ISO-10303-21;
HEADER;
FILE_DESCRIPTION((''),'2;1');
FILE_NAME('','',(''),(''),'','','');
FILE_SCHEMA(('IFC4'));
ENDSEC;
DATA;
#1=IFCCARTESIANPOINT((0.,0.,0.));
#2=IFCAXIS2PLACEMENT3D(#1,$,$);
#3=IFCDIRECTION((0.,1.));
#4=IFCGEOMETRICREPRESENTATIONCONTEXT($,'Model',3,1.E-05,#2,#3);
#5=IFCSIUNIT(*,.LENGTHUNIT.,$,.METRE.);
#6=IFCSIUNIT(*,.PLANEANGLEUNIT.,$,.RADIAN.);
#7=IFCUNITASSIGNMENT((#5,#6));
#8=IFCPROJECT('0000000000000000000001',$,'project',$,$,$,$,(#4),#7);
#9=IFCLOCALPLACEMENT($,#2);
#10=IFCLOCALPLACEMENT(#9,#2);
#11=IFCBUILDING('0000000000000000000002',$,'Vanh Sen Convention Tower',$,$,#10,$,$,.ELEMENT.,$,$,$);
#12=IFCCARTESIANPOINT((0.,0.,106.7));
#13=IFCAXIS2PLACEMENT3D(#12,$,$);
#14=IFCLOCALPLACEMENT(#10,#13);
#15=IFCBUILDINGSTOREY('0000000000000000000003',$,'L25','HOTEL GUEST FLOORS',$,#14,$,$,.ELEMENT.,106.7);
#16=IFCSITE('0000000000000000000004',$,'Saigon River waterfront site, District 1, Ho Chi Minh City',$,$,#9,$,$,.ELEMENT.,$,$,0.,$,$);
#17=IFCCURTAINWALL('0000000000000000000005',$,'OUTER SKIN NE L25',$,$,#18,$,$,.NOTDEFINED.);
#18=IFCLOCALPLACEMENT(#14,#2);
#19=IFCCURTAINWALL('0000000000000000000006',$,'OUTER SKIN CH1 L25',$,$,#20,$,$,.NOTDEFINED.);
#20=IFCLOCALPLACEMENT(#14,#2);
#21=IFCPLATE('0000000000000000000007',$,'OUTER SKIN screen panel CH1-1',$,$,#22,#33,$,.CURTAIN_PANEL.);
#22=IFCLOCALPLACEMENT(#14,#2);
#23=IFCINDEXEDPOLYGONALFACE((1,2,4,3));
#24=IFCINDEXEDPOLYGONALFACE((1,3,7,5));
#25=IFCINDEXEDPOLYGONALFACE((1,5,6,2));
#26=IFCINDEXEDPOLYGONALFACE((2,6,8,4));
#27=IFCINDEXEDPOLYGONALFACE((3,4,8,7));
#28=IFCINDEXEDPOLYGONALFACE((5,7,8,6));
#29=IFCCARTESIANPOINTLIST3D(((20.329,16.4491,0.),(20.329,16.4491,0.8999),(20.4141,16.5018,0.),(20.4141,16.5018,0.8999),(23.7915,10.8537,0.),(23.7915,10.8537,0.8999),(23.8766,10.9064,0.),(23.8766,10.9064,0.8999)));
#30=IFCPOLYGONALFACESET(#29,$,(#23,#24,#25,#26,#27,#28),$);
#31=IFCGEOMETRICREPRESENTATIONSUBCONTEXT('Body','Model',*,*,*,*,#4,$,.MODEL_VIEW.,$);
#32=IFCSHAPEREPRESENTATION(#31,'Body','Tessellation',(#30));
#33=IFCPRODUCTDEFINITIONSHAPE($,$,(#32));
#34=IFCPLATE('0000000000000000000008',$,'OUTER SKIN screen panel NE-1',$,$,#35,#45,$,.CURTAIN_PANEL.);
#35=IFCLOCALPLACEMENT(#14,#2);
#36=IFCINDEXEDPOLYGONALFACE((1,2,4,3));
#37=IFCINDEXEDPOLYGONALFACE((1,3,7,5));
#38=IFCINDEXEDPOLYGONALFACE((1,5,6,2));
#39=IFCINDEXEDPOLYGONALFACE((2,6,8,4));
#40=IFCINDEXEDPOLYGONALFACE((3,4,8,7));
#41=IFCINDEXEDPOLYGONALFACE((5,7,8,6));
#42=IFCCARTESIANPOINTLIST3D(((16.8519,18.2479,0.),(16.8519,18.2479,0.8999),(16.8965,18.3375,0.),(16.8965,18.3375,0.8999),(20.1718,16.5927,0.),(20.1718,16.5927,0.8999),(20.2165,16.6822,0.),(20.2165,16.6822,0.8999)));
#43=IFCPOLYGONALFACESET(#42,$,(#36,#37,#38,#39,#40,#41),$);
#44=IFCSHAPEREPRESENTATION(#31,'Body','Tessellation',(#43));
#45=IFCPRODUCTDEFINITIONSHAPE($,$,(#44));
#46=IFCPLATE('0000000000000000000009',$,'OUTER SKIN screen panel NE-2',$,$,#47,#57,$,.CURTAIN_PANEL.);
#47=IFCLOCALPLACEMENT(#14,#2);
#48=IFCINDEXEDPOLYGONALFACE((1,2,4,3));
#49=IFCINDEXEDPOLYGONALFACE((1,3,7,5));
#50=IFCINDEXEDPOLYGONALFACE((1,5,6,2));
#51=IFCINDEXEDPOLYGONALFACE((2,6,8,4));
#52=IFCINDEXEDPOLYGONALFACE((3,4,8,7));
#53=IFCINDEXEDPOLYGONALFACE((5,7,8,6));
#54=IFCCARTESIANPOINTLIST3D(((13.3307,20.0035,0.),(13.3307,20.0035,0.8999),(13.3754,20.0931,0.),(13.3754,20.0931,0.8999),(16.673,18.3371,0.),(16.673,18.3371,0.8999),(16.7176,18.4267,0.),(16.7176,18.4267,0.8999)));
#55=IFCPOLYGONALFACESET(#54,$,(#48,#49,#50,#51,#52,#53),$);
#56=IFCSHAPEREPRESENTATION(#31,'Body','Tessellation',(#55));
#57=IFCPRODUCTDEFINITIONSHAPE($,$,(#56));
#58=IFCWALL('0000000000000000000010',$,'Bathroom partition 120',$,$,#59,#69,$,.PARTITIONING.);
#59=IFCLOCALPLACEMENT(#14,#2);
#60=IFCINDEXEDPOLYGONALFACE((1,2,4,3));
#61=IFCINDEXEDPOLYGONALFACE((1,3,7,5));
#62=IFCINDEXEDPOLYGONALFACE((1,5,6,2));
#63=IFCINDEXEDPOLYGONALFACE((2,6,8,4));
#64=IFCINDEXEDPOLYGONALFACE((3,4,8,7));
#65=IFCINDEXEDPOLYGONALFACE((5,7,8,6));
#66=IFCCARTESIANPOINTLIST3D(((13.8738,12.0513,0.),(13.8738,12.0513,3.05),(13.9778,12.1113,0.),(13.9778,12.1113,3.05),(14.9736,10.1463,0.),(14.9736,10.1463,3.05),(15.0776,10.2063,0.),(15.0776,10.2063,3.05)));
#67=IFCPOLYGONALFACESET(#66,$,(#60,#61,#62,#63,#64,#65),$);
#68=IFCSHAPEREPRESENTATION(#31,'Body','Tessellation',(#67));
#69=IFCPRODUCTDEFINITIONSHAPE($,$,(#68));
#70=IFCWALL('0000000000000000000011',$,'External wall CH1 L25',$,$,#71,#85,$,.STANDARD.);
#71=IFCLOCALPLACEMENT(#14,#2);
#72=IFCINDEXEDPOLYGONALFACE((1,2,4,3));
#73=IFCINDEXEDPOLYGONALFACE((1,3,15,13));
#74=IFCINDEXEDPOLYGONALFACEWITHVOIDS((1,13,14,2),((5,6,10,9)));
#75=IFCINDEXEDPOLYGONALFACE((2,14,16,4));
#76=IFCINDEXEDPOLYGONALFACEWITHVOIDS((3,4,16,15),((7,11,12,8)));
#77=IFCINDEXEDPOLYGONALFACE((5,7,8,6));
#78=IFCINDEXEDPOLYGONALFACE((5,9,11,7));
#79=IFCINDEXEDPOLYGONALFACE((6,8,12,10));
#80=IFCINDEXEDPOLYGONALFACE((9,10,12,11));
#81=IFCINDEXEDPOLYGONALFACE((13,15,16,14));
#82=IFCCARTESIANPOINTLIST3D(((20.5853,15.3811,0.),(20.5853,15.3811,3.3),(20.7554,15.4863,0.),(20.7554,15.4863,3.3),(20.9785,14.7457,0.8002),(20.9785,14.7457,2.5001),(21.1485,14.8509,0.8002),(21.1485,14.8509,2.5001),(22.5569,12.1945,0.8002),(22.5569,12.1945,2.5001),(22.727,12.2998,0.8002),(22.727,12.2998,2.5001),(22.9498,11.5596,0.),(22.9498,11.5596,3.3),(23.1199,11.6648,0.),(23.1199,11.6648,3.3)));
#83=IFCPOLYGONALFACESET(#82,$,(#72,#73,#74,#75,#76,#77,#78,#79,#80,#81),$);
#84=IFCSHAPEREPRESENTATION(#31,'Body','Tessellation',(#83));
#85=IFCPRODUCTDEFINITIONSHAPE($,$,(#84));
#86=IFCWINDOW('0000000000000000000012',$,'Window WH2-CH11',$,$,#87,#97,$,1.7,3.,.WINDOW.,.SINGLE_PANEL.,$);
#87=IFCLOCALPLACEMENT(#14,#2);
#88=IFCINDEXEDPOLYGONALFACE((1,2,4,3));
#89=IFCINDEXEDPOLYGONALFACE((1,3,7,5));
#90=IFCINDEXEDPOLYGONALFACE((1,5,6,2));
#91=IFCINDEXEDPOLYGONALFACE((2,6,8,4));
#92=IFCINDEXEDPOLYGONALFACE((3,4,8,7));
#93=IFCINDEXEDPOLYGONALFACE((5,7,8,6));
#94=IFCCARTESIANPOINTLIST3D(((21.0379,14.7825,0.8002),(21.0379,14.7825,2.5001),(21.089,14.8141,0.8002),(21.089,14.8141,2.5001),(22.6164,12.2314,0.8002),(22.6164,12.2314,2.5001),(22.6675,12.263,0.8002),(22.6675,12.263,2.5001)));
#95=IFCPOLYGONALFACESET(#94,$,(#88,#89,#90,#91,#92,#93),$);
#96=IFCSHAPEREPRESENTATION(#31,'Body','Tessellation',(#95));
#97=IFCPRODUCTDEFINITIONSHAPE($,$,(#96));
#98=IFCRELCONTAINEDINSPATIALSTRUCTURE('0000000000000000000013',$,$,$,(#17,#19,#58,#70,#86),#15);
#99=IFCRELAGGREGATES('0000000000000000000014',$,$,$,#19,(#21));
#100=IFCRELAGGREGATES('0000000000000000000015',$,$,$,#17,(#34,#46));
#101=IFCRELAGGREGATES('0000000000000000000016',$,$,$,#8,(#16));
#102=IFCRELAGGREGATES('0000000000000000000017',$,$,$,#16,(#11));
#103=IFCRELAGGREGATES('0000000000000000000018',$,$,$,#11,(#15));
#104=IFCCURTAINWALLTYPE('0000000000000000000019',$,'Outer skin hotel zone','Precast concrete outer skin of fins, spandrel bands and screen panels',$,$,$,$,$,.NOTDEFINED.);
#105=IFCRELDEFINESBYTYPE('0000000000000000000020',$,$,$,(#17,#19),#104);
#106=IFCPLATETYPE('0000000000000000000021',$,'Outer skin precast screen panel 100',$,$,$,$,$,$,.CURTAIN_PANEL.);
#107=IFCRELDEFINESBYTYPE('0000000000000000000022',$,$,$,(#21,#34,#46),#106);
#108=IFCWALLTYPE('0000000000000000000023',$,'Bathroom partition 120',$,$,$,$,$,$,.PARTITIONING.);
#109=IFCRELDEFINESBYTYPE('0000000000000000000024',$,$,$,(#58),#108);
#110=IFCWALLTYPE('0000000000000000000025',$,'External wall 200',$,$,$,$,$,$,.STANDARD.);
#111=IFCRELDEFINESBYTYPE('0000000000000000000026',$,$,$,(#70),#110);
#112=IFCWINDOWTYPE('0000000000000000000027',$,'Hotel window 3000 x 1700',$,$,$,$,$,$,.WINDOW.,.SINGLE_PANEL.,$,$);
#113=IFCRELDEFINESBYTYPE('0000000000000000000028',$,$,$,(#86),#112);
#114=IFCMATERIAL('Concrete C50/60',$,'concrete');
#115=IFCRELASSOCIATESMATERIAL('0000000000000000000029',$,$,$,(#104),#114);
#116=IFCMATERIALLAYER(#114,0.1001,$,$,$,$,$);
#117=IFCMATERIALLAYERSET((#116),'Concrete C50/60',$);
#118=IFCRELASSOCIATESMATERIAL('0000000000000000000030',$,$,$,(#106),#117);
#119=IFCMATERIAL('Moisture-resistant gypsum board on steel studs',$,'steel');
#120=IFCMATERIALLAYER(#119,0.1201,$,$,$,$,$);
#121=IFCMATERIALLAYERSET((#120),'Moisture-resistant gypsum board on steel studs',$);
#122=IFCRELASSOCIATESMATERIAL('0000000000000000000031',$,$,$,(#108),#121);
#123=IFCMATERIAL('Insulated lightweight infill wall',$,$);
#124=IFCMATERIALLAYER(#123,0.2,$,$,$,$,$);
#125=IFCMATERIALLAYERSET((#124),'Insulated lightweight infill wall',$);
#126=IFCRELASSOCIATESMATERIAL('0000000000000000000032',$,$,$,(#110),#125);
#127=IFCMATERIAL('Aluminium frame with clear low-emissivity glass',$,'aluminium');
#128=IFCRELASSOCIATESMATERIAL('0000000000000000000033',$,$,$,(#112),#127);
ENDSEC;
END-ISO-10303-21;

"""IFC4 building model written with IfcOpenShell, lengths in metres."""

from ifc_helpers import new_model, si_unit, direction, frame, frame_2d, origin, origin_2d, place, context, subcontext, project, spatial, rectangle, extrude, material, layer, layer_set, type_object, element, fill, aggregate, save


model = new_model("IFC4")

# Units and contexts
model_context = context("Model", 3, precision=1e-05, world=origin(), true_north=direction((0.0, 1.0)))
body_context = subcontext(model_context, "Body", "Model", "MODEL_VIEW")
ifc_project = project(units=[si_unit("LENGTHUNIT", "METRE"), si_unit("PLANEANGLEUNIT", "RADIAN")], contexts=[model_context])

# Site, building, storey
site_placement = place(None, origin())
site = spatial("IfcSite", under=ifc_project, at=site_placement, Name="Saigon River waterfront site, District 1, Ho Chi Minh City", CompositionType="ELEMENT", RefElevation=0.0)
building_placement = place(site_placement, origin())
building = spatial("IfcBuilding", under=site, at=building_placement, Name="Vanh Sen Convention Tower", CompositionType="ELEMENT")
storey_placement = place(building_placement, frame((0.0, 0.0, 106.7)))
storey = spatial("IfcBuildingStorey", under=building, at=storey_placement, Name="L25", Description="HOTEL GUEST FLOORS", CompositionType="ELEMENT", Elevation=106.7)

# Curtain wall
ifc_material_1 = material(Name="Concrete C50/60", Category="concrete")
curtain_wall_type = type_object("IfcCurtainWallType", Name="Outer skin hotel zone", Description="Precast concrete outer skin of fins, spandrel bands and screen panels", PredefinedType="NOTDEFINED", material=ifc_material_1)
curtain_wall_1_placement = place(storey_placement, origin())
curtain_wall_1 = element("IfcCurtainWall", 1, at=curtain_wall_1_placement, inside=storey, type_object=curtain_wall_type, Name="OUTER SKIN NE L25", PredefinedType="NOTDEFINED")

# Curtain wall, plate
curtain_wall_2_placement = place(storey_placement, origin())
curtain_wall_2 = element("IfcCurtainWall", 2, at=curtain_wall_2_placement, inside=storey, type_object=curtain_wall_type, Name="OUTER SKIN CH1 L25", PredefinedType="NOTDEFINED")
ifc_layer_1 = layer(ifc_material_1, 0.1001)
ifc_layer_set_1 = layer_set([ifc_layer_1], Name="Concrete C50/60")
plate_type = type_object("IfcPlateType", Name="Outer skin precast screen panel 100", PredefinedType="CURTAIN_PANEL", material=ifc_layer_set_1)
plate_1_placement = place(storey_placement, frame((22.1028, 13.6777, 0.0), z_axis=(0.0, 0.0, 1.0), x_axis=(-0.526212, 0.850353, 0.0)))
plate_1 = element("IfcPlate", 3, at=plate_1_placement, type_object=plate_type, Name="OUTER SKIN screen panel CH1-1", PredefinedType="CURTAIN_PANEL", context=body_context, shape_type="SweptSolid", body=[
    extrude(rectangle(XDim=6.5801, YDim=0.1001, at=origin_2d()), origin(), (0.0, 0.0, 1.0), 0.8999),
])
aggregate(curtain_wall_2, [plate_1])

# Plates
plate_2_placement = place(storey_placement, frame((18.5342, 17.4651, 0.0), z_axis=(0.0, 0.0, 1.0), x_axis=(-0.894935, 0.446196, 0.0)))
plate_2 = element("IfcPlate", 4, at=plate_2_placement, type_object=plate_type, Name="OUTER SKIN screen panel NE-1", PredefinedType="CURTAIN_PANEL", context=body_context, shape_type="SweptSolid", body=[
    extrude(rectangle(XDim=3.7097, YDim=0.1001, at=origin_2d()), origin(), (0.0, 0.0, 1.0), 0.8999),
])
plate_3_placement = place(storey_placement, frame((15.0242, 19.2151, 0.0), z_axis=(0.0, 0.0, 1.0), x_axis=(-0.894935, 0.446196, 0.0)))
plate_3 = element("IfcPlate", 5, at=plate_3_placement, type_object=plate_type, Name="OUTER SKIN screen panel NE-2", PredefinedType="CURTAIN_PANEL", context=body_context, shape_type="SweptSolid", body=[
    extrude(rectangle(XDim=3.7346, YDim=0.1001, at=origin_2d()), origin(), (0.0, 0.0, 1.0), 0.8999),
])
aggregate(curtain_wall_1, [plate_2, plate_3])

# Wall
ifc_material_2 = material(Name="Moisture-resistant gypsum board on steel studs", Category="steel")
ifc_layer_2 = layer(ifc_material_2, 0.1201)
ifc_layer_set_2 = layer_set([ifc_layer_2], Name="Moisture-resistant gypsum board on steel studs")
wall_type_1 = type_object("IfcWallType", Name="Bathroom partition 120", PredefinedType="PARTITIONING", material=ifc_layer_set_2)
wall_1_placement = place(storey_placement, frame((13.9258, 12.0813, 0.0), z_axis=(0.0, 0.0, 1.0), x_axis=(0.499995, -0.866028, 0.0)))
element("IfcWall", 6, at=wall_1_placement, inside=storey, type_object=wall_type_1, Name="Bathroom partition 120", PredefinedType="PARTITIONING", context=body_context, shape_type="SweptSolid", body=[
    extrude(rectangle(XDim=2.1997, YDim=0.1201, at=frame_2d((1.0999, 0.0))), origin(), (0.0, 0.0, 1.0), 3.05),
])

# Wall, opening, window
ifc_material_3 = material(Name="Insulated lightweight infill wall")
ifc_layer_3 = layer(ifc_material_3, 0.2)
ifc_layer_set_3 = layer_set([ifc_layer_3], Name="Insulated lightweight infill wall")
wall_type_2 = type_object("IfcWallType", Name="External wall 200", PredefinedType="STANDARD", material=ifc_layer_set_3)
wall_2_placement = place(storey_placement, frame((23.0349, 11.6121, 0.0), z_axis=(0.0, 0.0, 1.0), x_axis=(-0.52616, 0.850386, 0.0)))
wall_2 = element("IfcWall", 7, at=wall_2_placement, inside=storey, type_object=wall_type_2, Name="External wall CH1 L25", PredefinedType="STANDARD", context=body_context, shape_type="SweptSolid", body=[
    extrude(rectangle(XDim=4.4939, YDim=0.2, at=frame_2d((2.2471, 0.0))), origin(), (0.0, 0.0, 1.0), 3.3),
])
opening_1_placement = place(wall_2_placement, frame((0.7468, 0.0, 0.8)))
opening_1 = element("IfcOpeningElement", 8, at=opening_1_placement, cuts=wall_2, PredefinedType="OPENING", context=body_context, shape_type="SweptSolid", body=[
    extrude(rectangle(XDim=3.0, YDim=1.7, at=frame_2d((1.5, 0.8501))), frame((0.0, 0.1099, 0.0), z_axis=(0.0, -1.0, 0.0), x_axis=(1.0, 0.0, 0.0)), (0.0, 0.0, 1.0), 0.22),
])
ifc_material_4 = material(Name="Aluminium frame with clear low-emissivity glass", Category="aluminium")
window_type_1 = type_object("IfcWindowType", Name="Hotel window 3000 x 1700", PartitioningType="SINGLE_PANEL", PredefinedType="WINDOW", material=ifc_material_4)
window_1_placement = place(opening_1_placement, origin())
window_1 = element("IfcWindow", 9, at=window_1_placement, inside=storey, type_object=window_type_1, Name="Window WH2-CH11", OverallHeight=1.7, OverallWidth=3.0, PartitioningType="SINGLE_PANEL", PredefinedType="WINDOW", context=body_context, shape_type="SweptSolid", body=[
    extrude(rectangle(XDim=3.0, YDim=1.7, at=frame_2d((1.5, 0.8501))), frame((0.0, 0.03, 0.0), z_axis=(0.0, -1.0, 0.0), x_axis=(1.0, 0.0, 0.0)), (0.0, 0.0, 1.0), 0.0601),
])
fill(opening_1, window_1)

save(model, "model.ifc")
